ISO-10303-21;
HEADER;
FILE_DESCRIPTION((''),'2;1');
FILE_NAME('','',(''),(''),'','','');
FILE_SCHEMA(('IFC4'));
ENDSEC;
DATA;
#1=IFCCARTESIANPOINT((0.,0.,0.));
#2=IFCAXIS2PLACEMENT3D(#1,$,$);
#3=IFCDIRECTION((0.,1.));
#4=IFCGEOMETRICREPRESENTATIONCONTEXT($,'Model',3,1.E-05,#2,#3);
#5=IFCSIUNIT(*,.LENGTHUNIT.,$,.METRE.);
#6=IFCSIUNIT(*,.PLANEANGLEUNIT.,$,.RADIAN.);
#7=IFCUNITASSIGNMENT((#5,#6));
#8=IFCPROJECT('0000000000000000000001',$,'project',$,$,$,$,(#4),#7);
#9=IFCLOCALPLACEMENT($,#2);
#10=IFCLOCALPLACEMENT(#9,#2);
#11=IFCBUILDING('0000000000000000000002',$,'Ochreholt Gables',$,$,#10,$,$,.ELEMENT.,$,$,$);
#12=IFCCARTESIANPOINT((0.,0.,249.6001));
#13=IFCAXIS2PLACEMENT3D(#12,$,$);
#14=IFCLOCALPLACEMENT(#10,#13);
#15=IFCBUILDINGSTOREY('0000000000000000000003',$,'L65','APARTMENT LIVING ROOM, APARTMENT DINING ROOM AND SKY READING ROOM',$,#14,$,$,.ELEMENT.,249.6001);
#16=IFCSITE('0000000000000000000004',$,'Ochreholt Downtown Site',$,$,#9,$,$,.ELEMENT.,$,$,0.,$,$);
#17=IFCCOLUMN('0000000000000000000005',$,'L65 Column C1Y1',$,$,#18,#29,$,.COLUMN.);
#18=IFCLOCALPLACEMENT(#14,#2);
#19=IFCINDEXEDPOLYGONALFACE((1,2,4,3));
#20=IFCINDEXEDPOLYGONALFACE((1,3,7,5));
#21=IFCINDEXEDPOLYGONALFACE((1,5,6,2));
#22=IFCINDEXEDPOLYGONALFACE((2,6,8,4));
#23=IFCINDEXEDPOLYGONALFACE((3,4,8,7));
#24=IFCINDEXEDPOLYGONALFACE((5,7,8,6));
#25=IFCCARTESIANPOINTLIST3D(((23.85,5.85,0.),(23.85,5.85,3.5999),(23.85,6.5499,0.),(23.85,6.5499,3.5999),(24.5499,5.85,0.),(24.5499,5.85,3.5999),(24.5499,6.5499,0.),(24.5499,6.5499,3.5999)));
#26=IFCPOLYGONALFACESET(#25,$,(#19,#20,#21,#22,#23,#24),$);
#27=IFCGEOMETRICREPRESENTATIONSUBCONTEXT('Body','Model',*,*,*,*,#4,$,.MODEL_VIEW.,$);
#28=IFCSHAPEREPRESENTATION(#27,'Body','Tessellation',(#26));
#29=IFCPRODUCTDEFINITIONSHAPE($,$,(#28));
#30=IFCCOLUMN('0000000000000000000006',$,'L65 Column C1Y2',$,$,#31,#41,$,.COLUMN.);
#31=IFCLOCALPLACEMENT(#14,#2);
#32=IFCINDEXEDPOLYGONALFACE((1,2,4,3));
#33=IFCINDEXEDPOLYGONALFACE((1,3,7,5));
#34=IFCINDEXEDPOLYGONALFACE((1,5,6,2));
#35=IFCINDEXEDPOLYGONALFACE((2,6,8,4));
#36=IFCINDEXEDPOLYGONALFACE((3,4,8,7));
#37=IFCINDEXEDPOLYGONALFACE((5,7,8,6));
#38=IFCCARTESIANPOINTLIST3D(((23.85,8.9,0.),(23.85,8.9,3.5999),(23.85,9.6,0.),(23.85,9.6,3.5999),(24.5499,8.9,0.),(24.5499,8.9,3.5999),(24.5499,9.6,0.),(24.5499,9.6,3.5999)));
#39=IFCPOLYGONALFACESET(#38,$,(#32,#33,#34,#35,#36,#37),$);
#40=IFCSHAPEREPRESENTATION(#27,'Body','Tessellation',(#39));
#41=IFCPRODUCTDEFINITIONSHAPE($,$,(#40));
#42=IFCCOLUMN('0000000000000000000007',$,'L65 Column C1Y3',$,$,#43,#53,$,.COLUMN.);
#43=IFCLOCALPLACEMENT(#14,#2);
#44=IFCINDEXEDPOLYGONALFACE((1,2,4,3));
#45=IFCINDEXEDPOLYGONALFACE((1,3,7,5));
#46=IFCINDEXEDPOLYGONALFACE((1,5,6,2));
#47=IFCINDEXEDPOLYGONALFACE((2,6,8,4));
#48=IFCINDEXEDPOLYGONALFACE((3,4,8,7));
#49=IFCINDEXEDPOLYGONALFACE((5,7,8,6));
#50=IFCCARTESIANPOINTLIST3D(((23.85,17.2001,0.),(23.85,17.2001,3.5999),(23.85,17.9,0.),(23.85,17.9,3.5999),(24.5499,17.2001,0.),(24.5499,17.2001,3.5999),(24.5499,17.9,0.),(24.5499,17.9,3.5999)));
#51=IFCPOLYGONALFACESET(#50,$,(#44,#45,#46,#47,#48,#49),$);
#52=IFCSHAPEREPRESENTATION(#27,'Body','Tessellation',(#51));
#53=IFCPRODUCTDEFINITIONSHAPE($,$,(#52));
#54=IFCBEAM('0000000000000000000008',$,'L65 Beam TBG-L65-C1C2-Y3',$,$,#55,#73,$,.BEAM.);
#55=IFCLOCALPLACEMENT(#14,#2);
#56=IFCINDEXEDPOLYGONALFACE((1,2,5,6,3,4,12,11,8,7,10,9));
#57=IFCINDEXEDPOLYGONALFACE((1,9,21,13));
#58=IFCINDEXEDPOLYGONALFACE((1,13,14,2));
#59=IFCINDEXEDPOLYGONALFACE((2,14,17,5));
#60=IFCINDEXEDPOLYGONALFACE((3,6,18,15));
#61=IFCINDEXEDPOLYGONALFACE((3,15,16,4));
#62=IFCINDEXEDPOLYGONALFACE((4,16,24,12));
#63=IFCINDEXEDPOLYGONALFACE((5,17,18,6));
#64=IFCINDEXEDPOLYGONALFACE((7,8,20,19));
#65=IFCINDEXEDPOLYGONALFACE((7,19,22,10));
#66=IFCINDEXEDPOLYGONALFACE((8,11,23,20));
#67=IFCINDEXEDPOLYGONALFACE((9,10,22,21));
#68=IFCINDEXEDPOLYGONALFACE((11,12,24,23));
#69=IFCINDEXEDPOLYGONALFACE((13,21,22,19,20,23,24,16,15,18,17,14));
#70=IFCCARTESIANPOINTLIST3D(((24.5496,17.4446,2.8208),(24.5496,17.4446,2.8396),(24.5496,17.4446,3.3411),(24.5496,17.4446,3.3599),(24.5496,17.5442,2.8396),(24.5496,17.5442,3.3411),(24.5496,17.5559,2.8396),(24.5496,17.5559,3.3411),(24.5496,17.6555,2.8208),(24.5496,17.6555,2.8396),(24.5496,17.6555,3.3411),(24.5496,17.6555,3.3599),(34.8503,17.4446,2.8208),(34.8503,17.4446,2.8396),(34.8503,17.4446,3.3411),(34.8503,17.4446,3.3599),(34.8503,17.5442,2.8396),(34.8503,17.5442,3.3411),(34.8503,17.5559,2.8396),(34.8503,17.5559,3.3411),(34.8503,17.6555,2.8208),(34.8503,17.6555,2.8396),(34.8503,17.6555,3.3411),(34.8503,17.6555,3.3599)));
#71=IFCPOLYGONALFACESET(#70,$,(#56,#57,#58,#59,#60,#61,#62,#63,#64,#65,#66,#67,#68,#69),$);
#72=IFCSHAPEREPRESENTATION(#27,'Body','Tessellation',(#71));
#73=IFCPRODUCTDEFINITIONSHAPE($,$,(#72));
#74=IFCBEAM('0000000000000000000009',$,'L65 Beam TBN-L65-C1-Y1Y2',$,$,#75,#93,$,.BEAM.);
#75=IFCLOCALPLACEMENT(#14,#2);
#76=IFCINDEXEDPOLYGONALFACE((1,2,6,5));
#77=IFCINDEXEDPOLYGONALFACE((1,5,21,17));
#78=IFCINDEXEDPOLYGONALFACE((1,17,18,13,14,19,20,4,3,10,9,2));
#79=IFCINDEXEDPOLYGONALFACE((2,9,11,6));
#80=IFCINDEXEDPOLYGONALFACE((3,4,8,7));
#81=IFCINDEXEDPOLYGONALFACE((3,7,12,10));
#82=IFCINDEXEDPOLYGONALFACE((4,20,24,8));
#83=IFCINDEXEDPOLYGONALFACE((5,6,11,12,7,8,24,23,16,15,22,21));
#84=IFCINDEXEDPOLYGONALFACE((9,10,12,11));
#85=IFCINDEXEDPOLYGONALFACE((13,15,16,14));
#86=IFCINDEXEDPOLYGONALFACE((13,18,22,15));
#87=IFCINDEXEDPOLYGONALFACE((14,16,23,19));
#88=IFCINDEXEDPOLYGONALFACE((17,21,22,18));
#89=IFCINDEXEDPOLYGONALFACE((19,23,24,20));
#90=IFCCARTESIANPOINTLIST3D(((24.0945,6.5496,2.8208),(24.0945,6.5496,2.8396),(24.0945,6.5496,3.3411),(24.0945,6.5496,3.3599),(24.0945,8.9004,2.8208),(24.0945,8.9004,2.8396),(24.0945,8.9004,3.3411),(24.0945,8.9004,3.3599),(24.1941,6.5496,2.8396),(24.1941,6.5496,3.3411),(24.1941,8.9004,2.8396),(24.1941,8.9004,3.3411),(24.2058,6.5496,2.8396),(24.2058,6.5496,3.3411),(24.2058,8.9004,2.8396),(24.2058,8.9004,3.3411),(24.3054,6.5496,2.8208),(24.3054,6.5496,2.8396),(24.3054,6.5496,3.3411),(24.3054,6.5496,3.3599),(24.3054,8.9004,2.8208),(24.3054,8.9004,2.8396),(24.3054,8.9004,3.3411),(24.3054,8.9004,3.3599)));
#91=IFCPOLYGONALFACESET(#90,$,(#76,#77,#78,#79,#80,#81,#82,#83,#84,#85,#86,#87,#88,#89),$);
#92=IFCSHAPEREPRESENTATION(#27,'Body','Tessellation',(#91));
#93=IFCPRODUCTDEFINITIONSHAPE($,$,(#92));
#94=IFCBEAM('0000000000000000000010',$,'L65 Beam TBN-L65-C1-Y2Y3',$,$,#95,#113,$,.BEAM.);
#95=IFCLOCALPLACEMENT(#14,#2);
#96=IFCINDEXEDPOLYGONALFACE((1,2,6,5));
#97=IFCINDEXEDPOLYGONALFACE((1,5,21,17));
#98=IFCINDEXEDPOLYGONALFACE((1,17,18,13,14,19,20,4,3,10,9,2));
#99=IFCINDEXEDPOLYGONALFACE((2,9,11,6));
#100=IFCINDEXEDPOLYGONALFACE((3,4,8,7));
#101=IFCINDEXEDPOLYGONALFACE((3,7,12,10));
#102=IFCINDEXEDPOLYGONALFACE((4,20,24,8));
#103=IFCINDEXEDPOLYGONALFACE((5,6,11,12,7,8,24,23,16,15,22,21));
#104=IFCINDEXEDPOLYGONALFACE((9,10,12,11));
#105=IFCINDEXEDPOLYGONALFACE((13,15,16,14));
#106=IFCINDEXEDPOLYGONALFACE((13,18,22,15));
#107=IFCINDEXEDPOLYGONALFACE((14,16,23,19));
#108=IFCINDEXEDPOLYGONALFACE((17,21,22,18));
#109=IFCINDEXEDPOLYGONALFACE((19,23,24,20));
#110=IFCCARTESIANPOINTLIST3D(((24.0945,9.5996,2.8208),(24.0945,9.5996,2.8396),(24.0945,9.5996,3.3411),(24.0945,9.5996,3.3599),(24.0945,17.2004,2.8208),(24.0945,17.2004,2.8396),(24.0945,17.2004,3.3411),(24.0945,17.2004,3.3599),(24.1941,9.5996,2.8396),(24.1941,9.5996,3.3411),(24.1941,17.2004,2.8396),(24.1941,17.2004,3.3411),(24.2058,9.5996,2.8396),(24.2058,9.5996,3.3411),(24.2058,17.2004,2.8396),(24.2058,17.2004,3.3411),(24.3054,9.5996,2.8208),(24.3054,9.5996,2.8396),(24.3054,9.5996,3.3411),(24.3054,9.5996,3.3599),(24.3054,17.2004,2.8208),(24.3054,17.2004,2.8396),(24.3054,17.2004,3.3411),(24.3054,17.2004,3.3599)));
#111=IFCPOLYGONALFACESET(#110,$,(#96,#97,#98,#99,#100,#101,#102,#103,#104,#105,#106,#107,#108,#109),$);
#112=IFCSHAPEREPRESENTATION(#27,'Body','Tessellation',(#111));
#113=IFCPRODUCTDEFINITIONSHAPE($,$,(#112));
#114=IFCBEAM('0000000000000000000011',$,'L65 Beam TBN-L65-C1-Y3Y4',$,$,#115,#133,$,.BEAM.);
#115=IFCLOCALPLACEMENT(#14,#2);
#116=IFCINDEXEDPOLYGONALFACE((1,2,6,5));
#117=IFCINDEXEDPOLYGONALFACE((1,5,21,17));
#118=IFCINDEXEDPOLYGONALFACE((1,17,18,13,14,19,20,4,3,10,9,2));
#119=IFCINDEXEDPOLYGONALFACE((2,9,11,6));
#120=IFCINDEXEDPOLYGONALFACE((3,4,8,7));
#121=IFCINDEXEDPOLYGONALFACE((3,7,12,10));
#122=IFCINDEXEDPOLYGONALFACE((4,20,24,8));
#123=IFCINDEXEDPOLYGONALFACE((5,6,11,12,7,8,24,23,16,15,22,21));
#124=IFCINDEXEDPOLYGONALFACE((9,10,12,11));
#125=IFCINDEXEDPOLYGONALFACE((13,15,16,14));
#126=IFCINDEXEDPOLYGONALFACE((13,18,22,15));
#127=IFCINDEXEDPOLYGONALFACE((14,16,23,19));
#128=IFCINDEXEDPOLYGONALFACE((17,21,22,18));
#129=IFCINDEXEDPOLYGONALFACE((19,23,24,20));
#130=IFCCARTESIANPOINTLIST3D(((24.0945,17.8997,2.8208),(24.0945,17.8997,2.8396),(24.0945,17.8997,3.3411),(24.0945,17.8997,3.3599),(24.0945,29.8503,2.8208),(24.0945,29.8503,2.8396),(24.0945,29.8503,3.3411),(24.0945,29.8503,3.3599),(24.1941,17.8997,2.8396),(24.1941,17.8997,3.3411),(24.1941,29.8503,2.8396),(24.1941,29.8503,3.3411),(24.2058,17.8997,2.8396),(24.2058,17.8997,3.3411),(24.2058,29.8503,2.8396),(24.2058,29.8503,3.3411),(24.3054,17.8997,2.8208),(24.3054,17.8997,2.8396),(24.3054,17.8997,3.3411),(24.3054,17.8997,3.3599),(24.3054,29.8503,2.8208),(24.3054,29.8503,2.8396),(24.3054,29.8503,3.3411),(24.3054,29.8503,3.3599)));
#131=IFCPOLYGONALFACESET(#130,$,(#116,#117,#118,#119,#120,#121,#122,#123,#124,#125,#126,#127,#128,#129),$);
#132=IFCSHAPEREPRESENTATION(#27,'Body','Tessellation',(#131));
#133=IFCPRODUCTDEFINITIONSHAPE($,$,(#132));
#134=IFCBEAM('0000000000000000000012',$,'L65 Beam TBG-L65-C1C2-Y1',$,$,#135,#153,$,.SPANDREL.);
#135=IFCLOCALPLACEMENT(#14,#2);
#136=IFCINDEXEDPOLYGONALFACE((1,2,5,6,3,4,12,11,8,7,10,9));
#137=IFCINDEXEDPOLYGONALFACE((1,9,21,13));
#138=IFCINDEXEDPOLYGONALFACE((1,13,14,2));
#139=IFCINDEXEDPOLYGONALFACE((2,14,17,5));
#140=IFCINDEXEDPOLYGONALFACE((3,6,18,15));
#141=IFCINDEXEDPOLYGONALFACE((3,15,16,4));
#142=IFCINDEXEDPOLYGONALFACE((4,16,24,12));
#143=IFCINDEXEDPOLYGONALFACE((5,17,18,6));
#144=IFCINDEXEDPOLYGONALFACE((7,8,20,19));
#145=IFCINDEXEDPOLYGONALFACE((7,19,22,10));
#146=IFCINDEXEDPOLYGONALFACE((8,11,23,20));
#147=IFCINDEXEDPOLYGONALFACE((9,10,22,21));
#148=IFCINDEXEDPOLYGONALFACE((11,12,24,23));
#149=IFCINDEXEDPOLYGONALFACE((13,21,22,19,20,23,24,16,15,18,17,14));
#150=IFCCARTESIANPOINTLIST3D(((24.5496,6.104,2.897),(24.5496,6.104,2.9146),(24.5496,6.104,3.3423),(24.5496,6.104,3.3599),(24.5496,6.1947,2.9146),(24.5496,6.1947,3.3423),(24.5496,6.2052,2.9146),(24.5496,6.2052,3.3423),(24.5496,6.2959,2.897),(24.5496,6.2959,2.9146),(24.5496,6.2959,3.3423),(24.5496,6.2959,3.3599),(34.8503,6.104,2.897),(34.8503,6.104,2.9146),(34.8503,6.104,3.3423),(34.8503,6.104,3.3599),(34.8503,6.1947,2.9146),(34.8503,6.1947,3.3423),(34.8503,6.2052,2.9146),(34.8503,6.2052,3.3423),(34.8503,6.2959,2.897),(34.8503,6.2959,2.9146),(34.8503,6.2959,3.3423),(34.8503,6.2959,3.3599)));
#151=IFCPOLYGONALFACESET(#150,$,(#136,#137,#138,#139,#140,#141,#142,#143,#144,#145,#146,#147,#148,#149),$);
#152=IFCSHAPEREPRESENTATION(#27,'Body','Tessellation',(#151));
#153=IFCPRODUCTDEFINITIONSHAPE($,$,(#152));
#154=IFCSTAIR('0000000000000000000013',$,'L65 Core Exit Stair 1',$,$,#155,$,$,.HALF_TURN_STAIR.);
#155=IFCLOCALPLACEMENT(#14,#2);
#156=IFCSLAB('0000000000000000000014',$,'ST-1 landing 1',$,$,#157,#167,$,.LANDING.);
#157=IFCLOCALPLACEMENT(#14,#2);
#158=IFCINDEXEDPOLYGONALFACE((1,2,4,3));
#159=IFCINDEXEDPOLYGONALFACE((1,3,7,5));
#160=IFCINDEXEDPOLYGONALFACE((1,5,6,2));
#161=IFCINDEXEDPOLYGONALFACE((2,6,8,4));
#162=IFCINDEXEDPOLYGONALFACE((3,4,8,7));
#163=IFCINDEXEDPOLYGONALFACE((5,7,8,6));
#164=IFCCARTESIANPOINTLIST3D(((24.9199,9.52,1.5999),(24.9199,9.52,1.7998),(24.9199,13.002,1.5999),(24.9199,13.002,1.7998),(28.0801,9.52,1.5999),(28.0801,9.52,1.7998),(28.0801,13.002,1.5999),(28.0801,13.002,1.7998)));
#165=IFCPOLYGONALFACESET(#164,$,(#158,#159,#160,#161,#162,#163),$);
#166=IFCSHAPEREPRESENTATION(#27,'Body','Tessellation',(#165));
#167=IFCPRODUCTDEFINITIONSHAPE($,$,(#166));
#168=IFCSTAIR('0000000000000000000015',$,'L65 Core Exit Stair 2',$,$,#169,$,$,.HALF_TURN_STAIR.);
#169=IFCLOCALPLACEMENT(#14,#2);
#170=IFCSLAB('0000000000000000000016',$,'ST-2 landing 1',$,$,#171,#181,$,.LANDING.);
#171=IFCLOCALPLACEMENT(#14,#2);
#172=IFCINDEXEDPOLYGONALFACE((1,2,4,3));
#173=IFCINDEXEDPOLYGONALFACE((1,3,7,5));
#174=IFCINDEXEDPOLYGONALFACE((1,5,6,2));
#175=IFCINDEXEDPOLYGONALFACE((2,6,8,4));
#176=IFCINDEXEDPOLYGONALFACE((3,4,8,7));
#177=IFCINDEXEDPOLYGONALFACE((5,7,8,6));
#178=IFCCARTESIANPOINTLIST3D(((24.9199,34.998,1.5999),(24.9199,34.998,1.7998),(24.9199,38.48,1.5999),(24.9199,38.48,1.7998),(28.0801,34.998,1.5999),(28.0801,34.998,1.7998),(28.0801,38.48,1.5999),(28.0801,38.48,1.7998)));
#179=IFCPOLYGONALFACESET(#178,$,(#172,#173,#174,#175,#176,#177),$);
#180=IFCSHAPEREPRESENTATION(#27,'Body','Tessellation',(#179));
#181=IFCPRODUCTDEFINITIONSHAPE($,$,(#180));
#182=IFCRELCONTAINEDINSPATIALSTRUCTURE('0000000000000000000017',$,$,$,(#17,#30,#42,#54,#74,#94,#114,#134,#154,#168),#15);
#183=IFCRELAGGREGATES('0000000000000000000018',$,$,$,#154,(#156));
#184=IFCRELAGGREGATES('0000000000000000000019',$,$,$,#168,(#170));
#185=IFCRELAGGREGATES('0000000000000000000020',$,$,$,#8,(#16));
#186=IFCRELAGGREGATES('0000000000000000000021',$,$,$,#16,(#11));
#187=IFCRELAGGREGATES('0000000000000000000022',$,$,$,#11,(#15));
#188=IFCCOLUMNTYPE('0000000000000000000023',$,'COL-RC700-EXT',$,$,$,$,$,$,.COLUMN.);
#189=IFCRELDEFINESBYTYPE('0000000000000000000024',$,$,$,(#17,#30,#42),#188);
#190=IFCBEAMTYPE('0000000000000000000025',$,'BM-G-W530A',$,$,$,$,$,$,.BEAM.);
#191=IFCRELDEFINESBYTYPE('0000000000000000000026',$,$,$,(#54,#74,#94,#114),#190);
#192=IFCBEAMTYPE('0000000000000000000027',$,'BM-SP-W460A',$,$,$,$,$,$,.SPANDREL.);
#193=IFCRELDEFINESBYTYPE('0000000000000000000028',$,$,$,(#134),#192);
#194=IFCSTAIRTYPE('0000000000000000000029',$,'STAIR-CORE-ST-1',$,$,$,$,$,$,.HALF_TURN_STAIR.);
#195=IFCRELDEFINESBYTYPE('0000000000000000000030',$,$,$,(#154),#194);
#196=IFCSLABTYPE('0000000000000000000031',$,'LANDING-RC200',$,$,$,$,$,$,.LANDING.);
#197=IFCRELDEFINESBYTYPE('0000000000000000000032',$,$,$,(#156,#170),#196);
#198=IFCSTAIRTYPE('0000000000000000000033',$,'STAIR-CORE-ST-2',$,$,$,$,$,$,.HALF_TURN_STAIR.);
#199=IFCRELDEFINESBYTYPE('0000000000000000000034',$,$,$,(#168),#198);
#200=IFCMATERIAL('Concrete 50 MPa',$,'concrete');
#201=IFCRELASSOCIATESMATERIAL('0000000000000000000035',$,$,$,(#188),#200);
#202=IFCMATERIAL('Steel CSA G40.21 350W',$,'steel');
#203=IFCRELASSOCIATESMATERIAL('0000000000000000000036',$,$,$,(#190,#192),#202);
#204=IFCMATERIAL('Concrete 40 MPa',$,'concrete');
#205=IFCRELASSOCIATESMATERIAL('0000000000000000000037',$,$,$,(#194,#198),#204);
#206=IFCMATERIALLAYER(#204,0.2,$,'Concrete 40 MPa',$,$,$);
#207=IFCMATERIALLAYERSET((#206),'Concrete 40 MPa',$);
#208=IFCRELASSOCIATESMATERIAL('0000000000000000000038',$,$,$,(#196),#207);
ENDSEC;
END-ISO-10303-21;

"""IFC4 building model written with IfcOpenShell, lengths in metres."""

from ifc_helpers import new_model, si_unit, direction, frame, origin, origin_2d, place, context, subcontext, project, spatial, polyline, rectangle, i_section, outline, extrude, material, layer, layer_set, material_profile, profile_set, type_object, element, aggregate, save


model = new_model("IFC4")

# Units and contexts
model_context = context("Model", 3, precision=1e-05, world=origin(), true_north=direction((0.0, 1.0)))
body_context = subcontext(model_context, "Body", "Model", "MODEL_VIEW")
ifc_project = project(units=[si_unit("LENGTHUNIT", "METRE"), si_unit("PLANEANGLEUNIT", "RADIAN")], contexts=[model_context])

# Site, building, storey
site_placement = place(None, origin())
site = spatial("IfcSite", under=ifc_project, at=site_placement, Name="Ochreholt Downtown Site", CompositionType="ELEMENT", RefElevation=0.0)
building_placement = place(site_placement, origin())
building = spatial("IfcBuilding", under=site, at=building_placement, Name="Ochreholt Gables", CompositionType="ELEMENT")
storey_placement = place(building_placement, frame((0.0, 0.0, 249.6001)))
storey = spatial("IfcBuildingStorey", under=building, at=storey_placement, Name="L65", Description="APARTMENT LIVING ROOM, APARTMENT DINING ROOM AND SKY READING ROOM", CompositionType="ELEMENT", Elevation=249.6001)

# Columns
ifc_material_1 = material(Name="Concrete 50 MPa", Category="concrete")
ifc_material_profile_1 = material_profile(ifc_material_1, rectangle(XDim=0.7, YDim=0.7, at=origin_2d()), Name="RC700X700")
ifc_profile_set_1 = profile_set([ifc_material_profile_1], Name="Concrete 50 MPa")
column_type = type_object("IfcColumnType", Name="COL-RC700-EXT", PredefinedType="COLUMN", material=ifc_profile_set_1)
for number, where, z_axis, x_axis, name in (
    (1, (24.2, 6.2, 0.0), (0.0, 0.0, 1.0), (1.0, 0.0, 0.0), "L65 Column C1Y1"),
    (2, (24.2, 9.25, 0.0), (0.0, 0.0, 1.0), (1.0, 0.0, 0.0), "L65 Column C1Y2"),
    (3, (24.2, 17.55, 0.0), (0.0, 0.0, 1.0), (1.0, 0.0, 0.0), "L65 Column C1Y3"),
):
    element("IfcColumn", number, at=place(storey_placement, frame(where, z_axis=z_axis, x_axis=x_axis)), inside=storey, type_object=column_type, Name=name, PredefinedType="COLUMN", context=body_context, shape_type="SweptSolid", body=[
        extrude(rectangle(XDim=0.7, YDim=0.7, at=origin_2d()), origin(), (0.0, 0.0, 1.0), 3.5999),
    ])

# Beams
ifc_material_2 = material(Name="Steel CSA G40.21 350W", Category="steel")
ifc_material_profile_2 = material_profile(ifc_material_2, i_section(OverallWidth=0.2109, OverallDepth=0.5391, WebThickness=0.0117, FlangeThickness=0.0188, at=origin_2d()), Name="W530X109")
ifc_profile_set_2 = profile_set([ifc_material_profile_2], Name="Steel CSA G40.21 350W")
beam_type_1 = type_object("IfcBeamType", Name="BM-G-W530A", PredefinedType="BEAM", material=ifc_profile_set_2)
beam_1_placement = place(storey_placement, frame((24.5496, 17.55, 3.0903), z_axis=(1.0, 0.0, 0.0), x_axis=(0.0, 1.0, 0.0)))
element("IfcBeam", 4, at=beam_1_placement, inside=storey, type_object=beam_type_1, Name="L65 Beam TBG-L65-C1C2-Y3", PredefinedType="BEAM", context=body_context, shape_type="SweptSolid", body=[
    extrude(i_section(OverallWidth=0.2109, OverallDepth=0.5391, WebThickness=0.0117, FlangeThickness=0.0188, at=origin_2d()), origin(), (0.0, 0.0, 1.0), 10.3008),
])
beam_2_placement = place(storey_placement, frame((24.2, 6.5496, 3.0903), z_axis=(0.0, 1.0, 0.0), x_axis=(-1.0, 0.0, 0.0)))
element("IfcBeam", 5, at=beam_2_placement, inside=storey, type_object=beam_type_1, Name="L65 Beam TBN-L65-C1-Y1Y2", PredefinedType="BEAM", context=body_context, shape_type="SweptSolid", body=[
    extrude(i_section(OverallWidth=0.2109, OverallDepth=0.5391, WebThickness=0.0117, FlangeThickness=0.0188, at=origin_2d()), origin(), (0.0, 0.0, 1.0), 2.3508),
])
beam_3_placement = place(storey_placement, frame((24.2, 9.5996, 3.0903), z_axis=(0.0, 1.0, 0.0), x_axis=(-1.0, 0.0, 0.0)))
element("IfcBeam", 6, at=beam_3_placement, inside=storey, type_object=beam_type_1, Name="L65 Beam TBN-L65-C1-Y2Y3", PredefinedType="BEAM", context=body_context, shape_type="SweptSolid", body=[
    extrude(i_section(OverallWidth=0.2109, OverallDepth=0.5391, WebThickness=0.0117, FlangeThickness=0.0188, at=origin_2d()), origin(), (0.0, 0.0, 1.0), 7.6008),
])
beam_4_placement = place(storey_placement, frame((24.2, 17.8997, 3.0903), z_axis=(0.0, 1.0, 0.0), x_axis=(-1.0, 0.0, 0.0)))
element("IfcBeam", 7, at=beam_4_placement, inside=storey, type_object=beam_type_1, Name="L65 Beam TBN-L65-C1-Y3Y4", PredefinedType="BEAM", context=body_context, shape_type="SweptSolid", body=[
    extrude(i_section(OverallWidth=0.2109, OverallDepth=0.5391, WebThickness=0.0117, FlangeThickness=0.0188, at=origin_2d()), origin(), (0.0, 0.0, 1.0), 11.9507),
])
ifc_material_profile_3 = material_profile(ifc_material_2, i_section(OverallWidth=0.1919, OverallDepth=0.4629, WebThickness=0.0105, FlangeThickness=0.0176, at=origin_2d()), Name="W460X89")
ifc_profile_set_3 = profile_set([ifc_material_profile_3], Name="Steel CSA G40.21 350W")
beam_type_2 = type_object("IfcBeamType", Name="BM-SP-W460A", PredefinedType="SPANDREL", material=ifc_profile_set_3)
beam_5_placement = place(storey_placement, frame((24.5496, 6.2, 3.1284), z_axis=(1.0, 0.0, 0.0), x_axis=(0.0, 1.0, 0.0)))
element("IfcBeam", 8, at=beam_5_placement, inside=storey, type_object=beam_type_2, Name="L65 Beam TBG-L65-C1C2-Y1", PredefinedType="SPANDREL", context=body_context, shape_type="SweptSolid", body=[
    extrude(i_section(OverallWidth=0.1919, OverallDepth=0.4629, WebThickness=0.0105, FlangeThickness=0.0176, at=origin_2d()), origin(), (0.0, 0.0, 1.0), 10.3008),
])

# Stairs, slabs
ifc_material_3 = material(Name="Concrete 40 MPa", Category="concrete")
stair_type_1 = type_object("IfcStairType", Name="STAIR-CORE-ST-1", PredefinedType="HALF_TURN_STAIR", material=ifc_material_3)
stair_1_placement = place(storey_placement, origin())
stair_1 = element("IfcStair", 9, at=stair_1_placement, inside=storey, type_object=stair_type_1, Name="L65 Core Exit Stair 1", PredefinedType="HALF_TURN_STAIR")
ifc_layer_1 = layer(ifc_material_3, 0.2, Name="Concrete 40 MPa")
ifc_layer_set_1 = layer_set([ifc_layer_1], Name="Concrete 40 MPa")
slab_type_1 = type_object("IfcSlabType", Name="LANDING-RC200", PredefinedType="LANDING", material=ifc_layer_set_1)
slab_1_placement = place(storey_placement, frame((0.0, 0.0, 1.5999)))
slab_1 = element("IfcSlab", 10, at=slab_1_placement, type_object=slab_type_1, Name="ST-1 landing 1", PredefinedType="LANDING", context=body_context, shape_type="SweptSolid", body=[
    extrude(outline(polyline([(24.9199, 13.002), (24.9199, 9.52), (28.0801, 9.52), (28.0801, 13.002), (24.9199, 13.002)])), origin(), (0.0, 0.0, 1.0), 0.2),
])
aggregate(stair_1, [slab_1])
stair_type_2 = type_object("IfcStairType", Name="STAIR-CORE-ST-2", PredefinedType="HALF_TURN_STAIR", material=ifc_material_3)
stair_2_placement = place(storey_placement, origin())
stair_2 = element("IfcStair", 11, at=stair_2_placement, inside=storey, type_object=stair_type_2, Name="L65 Core Exit Stair 2", PredefinedType="HALF_TURN_STAIR")
slab_2_placement = place(storey_placement, frame((0.0, 0.0, 1.5999)))
slab_2 = element("IfcSlab", 12, at=slab_2_placement, type_object=slab_type_1, Name="ST-2 landing 1", PredefinedType="LANDING", context=body_context, shape_type="SweptSolid", body=[
    extrude(outline(polyline([(28.0801, 34.998), (28.0801, 38.48), (24.9199, 38.48), (24.9199, 34.998), (28.0801, 34.998)])), origin(), (0.0, 0.0, 1.0), 0.2),
])
aggregate(stair_2, [slab_2])

save(model, "model.ifc")
